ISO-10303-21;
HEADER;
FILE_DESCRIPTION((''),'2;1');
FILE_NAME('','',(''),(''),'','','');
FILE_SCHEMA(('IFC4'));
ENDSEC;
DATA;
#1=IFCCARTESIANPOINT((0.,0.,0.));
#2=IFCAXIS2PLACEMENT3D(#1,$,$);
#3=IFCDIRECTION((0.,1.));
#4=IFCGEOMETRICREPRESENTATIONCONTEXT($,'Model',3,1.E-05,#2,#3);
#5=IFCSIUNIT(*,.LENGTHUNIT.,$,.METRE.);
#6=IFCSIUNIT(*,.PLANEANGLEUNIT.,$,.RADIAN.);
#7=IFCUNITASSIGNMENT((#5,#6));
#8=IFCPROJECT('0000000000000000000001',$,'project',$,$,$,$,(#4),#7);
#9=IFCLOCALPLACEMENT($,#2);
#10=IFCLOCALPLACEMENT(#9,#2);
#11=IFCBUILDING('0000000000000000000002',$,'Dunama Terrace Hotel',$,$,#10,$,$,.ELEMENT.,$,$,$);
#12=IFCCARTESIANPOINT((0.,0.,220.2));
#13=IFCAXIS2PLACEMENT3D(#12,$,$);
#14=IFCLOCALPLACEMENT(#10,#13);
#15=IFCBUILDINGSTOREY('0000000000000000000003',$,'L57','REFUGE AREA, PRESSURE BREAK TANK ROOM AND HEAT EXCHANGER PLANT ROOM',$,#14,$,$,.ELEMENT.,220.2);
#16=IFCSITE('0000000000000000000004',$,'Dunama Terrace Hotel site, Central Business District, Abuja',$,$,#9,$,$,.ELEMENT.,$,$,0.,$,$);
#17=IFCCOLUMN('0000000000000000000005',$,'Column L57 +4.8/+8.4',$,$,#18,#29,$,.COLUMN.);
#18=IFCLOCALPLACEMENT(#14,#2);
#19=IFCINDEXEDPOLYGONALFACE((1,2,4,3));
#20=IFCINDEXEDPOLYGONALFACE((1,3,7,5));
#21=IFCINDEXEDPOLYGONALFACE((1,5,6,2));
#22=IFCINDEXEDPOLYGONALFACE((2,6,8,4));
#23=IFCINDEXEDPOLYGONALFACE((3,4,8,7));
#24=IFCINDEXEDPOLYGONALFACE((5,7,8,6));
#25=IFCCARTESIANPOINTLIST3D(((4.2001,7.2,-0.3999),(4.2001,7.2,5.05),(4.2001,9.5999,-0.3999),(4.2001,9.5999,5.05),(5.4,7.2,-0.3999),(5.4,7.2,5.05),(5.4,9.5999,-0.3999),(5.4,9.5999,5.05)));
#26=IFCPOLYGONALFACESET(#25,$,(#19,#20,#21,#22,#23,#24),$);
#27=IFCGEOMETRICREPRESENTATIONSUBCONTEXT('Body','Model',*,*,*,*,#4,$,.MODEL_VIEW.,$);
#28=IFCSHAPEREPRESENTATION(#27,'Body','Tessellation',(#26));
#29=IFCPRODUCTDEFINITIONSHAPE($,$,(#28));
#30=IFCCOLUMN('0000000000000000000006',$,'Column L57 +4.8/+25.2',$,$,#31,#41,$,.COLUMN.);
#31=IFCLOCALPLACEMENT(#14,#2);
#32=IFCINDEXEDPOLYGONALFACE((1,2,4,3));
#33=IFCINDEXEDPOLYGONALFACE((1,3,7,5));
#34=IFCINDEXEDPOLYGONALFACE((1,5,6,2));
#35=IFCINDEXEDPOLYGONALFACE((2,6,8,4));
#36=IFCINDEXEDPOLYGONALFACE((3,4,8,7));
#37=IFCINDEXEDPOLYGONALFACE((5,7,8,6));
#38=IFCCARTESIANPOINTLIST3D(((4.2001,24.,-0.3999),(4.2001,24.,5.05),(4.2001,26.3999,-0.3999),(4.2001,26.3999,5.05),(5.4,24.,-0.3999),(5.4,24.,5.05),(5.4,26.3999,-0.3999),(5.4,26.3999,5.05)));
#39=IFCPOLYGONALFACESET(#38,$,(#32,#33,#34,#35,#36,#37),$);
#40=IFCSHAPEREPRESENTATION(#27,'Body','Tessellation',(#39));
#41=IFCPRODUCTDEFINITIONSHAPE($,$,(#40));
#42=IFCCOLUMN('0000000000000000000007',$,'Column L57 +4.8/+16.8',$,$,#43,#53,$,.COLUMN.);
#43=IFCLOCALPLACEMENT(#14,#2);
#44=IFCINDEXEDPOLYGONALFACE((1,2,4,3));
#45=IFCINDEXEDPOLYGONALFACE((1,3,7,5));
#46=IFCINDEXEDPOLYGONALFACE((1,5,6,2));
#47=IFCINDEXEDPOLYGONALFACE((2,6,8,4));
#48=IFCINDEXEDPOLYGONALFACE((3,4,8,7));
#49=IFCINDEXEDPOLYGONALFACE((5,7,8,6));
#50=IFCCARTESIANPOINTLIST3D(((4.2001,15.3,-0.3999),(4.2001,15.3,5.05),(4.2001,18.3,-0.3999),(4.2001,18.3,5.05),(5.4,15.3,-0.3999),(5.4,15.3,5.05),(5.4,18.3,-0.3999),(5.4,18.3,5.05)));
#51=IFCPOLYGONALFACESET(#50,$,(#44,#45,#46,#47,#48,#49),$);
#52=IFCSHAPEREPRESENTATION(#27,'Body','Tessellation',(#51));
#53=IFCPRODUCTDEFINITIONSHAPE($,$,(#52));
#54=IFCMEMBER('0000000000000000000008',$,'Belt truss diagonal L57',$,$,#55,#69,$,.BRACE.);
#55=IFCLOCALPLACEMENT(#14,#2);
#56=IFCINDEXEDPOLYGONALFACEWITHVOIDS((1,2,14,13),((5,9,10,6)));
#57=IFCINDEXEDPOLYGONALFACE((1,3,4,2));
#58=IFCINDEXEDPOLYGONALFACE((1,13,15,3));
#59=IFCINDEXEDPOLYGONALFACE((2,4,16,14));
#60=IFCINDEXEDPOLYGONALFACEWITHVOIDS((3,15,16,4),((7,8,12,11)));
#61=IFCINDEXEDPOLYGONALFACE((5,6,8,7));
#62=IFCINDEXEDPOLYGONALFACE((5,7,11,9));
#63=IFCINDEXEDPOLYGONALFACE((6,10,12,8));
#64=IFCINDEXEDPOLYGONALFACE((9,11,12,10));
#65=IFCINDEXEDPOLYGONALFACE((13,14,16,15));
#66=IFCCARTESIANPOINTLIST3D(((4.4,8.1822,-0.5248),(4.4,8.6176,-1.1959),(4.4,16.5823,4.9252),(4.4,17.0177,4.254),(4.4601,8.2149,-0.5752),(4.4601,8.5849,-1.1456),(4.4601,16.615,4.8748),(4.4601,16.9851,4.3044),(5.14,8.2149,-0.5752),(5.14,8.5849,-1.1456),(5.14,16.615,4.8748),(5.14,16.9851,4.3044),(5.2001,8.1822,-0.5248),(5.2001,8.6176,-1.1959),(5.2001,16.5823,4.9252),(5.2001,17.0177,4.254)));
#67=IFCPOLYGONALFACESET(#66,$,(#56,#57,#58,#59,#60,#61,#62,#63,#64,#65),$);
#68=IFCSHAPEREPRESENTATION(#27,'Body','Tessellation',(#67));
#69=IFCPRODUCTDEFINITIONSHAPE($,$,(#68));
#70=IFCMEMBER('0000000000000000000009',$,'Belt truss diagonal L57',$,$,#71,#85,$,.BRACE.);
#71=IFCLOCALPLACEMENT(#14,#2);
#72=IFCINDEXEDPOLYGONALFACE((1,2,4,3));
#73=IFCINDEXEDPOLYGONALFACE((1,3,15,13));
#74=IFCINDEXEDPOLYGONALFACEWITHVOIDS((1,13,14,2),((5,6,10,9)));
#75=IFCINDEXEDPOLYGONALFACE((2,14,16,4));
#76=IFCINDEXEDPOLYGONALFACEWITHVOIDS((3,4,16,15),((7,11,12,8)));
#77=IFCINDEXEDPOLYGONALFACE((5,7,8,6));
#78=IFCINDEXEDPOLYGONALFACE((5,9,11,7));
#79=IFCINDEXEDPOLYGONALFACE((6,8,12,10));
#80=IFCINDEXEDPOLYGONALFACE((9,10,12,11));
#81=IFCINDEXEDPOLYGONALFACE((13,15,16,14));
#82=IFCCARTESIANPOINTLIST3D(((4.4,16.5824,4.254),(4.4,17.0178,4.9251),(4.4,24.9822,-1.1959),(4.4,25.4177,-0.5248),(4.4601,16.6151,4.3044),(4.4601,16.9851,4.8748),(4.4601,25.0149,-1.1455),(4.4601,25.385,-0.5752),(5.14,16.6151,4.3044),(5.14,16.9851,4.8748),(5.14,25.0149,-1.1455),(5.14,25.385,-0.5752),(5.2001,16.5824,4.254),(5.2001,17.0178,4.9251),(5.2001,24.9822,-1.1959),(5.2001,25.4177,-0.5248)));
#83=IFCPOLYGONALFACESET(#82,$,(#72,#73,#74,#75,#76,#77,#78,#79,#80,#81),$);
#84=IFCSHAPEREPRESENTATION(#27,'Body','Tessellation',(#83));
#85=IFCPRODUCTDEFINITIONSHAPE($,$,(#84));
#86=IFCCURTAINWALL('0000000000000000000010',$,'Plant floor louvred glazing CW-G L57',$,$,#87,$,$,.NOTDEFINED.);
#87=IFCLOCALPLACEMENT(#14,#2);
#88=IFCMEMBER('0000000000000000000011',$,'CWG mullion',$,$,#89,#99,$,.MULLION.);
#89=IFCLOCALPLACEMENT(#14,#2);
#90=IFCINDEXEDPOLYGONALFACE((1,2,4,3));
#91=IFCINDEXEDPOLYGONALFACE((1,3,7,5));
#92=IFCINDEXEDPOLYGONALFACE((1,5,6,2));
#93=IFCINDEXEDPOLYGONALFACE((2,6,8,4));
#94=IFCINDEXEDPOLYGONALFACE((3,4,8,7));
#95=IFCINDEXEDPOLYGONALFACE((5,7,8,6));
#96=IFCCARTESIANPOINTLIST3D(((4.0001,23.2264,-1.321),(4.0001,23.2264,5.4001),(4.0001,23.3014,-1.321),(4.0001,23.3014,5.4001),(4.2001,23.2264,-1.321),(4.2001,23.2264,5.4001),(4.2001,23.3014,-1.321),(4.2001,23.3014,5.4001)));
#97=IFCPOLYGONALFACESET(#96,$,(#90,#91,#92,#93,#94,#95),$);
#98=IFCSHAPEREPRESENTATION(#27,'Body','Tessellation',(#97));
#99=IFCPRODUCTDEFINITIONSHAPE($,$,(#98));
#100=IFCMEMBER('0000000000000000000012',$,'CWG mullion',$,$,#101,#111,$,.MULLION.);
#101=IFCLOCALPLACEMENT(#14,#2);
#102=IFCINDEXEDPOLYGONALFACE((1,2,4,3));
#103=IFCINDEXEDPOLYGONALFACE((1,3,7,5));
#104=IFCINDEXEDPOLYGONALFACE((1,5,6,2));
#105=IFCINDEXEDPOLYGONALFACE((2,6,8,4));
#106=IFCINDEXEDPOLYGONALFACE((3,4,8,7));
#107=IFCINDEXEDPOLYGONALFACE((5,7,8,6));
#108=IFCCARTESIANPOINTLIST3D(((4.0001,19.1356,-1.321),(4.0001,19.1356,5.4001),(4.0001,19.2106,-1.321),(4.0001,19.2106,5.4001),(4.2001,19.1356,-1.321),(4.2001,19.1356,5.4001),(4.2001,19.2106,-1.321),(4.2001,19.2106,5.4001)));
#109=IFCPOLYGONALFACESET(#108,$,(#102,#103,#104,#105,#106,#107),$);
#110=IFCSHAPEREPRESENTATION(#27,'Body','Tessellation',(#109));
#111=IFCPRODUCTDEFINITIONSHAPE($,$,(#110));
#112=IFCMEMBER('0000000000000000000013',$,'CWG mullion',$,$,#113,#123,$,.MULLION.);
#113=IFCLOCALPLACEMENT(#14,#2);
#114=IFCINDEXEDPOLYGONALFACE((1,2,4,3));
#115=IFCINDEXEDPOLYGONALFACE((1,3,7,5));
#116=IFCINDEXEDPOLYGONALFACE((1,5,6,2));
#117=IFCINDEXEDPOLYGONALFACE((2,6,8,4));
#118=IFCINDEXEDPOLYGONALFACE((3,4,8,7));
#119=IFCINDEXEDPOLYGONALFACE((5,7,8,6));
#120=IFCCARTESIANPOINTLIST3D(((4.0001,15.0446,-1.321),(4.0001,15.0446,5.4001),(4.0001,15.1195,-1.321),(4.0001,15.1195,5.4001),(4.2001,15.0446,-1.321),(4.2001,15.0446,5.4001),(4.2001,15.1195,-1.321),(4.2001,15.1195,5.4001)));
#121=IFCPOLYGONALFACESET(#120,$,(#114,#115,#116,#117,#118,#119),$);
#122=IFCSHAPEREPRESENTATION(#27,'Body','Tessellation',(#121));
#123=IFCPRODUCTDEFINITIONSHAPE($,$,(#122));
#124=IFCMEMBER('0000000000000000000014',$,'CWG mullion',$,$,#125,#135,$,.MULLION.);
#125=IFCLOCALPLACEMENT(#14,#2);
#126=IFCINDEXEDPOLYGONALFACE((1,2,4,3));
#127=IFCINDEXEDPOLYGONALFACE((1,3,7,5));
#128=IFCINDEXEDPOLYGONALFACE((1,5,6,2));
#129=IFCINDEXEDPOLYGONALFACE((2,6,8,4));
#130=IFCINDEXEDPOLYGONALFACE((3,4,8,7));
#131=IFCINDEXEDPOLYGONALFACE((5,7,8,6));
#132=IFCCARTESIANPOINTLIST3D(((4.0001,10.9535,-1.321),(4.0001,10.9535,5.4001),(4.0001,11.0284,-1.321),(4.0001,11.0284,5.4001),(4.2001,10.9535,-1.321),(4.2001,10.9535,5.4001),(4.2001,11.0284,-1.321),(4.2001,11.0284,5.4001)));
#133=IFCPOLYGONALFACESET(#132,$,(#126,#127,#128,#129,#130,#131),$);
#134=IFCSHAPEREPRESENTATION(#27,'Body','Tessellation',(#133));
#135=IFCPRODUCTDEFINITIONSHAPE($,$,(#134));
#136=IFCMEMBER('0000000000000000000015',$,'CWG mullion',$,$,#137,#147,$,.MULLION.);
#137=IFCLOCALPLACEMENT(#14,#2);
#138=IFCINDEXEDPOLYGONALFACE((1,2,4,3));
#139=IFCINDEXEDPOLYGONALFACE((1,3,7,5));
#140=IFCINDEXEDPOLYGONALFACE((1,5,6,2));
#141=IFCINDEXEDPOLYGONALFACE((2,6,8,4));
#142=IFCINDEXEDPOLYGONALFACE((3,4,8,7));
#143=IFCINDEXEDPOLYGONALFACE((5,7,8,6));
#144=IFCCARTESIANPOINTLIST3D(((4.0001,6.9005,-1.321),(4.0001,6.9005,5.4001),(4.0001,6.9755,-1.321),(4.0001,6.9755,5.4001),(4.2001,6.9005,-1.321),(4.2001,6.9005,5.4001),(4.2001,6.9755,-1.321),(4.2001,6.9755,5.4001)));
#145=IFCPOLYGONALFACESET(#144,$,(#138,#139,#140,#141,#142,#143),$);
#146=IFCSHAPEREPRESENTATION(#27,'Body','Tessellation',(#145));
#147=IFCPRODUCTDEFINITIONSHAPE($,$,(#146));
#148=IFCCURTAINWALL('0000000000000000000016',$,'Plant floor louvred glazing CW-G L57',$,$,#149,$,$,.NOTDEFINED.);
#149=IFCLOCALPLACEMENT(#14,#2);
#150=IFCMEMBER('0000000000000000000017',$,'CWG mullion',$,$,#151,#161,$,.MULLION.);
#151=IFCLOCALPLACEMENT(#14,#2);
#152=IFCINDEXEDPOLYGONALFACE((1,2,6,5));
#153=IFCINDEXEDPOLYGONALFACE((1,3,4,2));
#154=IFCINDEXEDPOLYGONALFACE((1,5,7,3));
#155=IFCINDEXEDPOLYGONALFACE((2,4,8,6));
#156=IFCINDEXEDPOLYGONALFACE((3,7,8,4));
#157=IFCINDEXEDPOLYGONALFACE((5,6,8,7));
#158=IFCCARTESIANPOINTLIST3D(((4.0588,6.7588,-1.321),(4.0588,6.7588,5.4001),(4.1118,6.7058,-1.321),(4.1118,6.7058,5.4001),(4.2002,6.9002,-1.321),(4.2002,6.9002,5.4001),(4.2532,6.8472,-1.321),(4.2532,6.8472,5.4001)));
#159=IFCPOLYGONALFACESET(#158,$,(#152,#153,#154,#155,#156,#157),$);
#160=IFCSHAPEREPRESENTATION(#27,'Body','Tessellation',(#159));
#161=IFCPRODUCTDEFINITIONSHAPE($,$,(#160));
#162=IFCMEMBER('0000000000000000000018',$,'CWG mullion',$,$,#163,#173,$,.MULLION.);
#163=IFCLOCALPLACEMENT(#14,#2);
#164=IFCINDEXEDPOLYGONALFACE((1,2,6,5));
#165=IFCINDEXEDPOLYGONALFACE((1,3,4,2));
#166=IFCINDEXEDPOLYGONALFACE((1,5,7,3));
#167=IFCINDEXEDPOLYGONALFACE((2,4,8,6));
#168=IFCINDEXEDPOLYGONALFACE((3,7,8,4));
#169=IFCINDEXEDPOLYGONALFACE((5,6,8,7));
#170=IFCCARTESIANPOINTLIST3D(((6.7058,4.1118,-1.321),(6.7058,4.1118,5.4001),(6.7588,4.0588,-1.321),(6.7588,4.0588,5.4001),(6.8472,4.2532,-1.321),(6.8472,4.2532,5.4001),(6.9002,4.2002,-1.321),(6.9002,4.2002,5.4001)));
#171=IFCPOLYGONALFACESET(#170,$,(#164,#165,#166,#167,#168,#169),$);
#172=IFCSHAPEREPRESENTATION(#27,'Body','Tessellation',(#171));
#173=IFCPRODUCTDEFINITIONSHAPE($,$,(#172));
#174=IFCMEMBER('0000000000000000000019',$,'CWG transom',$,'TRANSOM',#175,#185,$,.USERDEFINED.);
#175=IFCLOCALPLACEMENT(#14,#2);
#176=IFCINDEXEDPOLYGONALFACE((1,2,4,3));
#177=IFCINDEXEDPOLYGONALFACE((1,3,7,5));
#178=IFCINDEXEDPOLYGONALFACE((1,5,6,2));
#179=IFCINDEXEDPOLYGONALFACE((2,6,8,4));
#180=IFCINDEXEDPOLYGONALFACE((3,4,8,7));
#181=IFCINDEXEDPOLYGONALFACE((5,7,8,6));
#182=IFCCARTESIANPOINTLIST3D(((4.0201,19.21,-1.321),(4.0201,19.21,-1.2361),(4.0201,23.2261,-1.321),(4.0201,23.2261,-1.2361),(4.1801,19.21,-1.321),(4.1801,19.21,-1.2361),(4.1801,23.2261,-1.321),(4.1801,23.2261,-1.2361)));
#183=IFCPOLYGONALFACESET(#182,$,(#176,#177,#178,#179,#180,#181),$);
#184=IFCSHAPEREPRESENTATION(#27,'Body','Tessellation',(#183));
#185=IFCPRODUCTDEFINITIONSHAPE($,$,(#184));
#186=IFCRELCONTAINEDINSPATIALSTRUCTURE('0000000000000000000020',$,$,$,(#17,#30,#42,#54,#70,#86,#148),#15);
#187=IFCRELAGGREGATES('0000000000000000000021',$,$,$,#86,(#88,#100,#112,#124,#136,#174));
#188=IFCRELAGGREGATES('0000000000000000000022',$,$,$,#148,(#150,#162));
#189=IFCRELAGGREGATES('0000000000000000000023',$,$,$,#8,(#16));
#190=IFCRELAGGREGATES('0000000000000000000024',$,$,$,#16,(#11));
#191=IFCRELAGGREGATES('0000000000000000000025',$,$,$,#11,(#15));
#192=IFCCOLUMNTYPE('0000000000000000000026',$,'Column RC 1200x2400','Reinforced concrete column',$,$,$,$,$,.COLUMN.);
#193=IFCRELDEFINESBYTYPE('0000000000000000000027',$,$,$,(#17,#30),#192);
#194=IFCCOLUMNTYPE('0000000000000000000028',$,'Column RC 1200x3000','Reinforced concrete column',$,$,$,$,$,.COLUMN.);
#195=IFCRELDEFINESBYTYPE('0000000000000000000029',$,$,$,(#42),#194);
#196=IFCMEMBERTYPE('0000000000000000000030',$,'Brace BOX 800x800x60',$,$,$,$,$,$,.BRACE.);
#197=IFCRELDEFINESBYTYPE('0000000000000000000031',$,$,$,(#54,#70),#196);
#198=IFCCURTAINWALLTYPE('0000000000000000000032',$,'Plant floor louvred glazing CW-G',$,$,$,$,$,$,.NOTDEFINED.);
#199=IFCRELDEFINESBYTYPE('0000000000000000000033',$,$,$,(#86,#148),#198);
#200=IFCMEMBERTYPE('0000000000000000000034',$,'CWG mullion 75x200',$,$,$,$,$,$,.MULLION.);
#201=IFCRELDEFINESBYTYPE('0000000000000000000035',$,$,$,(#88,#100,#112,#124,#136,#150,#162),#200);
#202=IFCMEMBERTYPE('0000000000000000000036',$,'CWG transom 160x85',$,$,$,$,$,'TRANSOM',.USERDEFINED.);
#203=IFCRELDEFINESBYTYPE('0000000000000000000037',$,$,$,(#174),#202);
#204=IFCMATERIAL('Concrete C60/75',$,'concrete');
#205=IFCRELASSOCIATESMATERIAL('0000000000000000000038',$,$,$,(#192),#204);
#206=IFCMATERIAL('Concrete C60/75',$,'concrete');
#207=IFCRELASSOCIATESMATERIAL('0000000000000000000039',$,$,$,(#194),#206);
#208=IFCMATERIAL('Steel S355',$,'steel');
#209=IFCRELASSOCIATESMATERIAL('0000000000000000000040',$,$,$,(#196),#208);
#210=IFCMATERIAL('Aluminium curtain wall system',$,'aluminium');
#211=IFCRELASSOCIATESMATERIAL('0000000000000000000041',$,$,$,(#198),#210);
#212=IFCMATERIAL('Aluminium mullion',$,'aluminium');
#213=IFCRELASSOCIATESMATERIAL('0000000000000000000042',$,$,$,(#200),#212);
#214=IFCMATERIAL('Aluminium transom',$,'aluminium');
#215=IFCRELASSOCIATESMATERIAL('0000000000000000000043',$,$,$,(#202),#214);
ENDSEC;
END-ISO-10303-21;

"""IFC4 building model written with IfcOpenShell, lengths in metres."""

from ifc_helpers import new_model, si_unit, direction, frame, origin, origin_2d, place, context, subcontext, project, spatial, rectangle, hollow_rectangle, extrude, material, material_profile, profile_set, type_object, element, aggregate, save


model = new_model("IFC4")

# Units and contexts
model_context = context("Model", 3, precision=1e-05, world=origin(), true_north=direction((0.0, 1.0)))
body_context = subcontext(model_context, "Body", "Model", "MODEL_VIEW")
ifc_project = project(units=[si_unit("LENGTHUNIT", "METRE"), si_unit("PLANEANGLEUNIT", "RADIAN")], contexts=[model_context])

# Site, building, storey
site_placement = place(None, origin())
site = spatial("IfcSite", under=ifc_project, at=site_placement, Name="Dunama Terrace Hotel site, Central Business District, Abuja", CompositionType="ELEMENT", RefElevation=0.0)
building_placement = place(site_placement, origin())
building = spatial("IfcBuilding", under=site, at=building_placement, Name="Dunama Terrace Hotel", CompositionType="ELEMENT")
storey_placement = place(building_placement, frame((0.0, 0.0, 220.2)))
storey = spatial("IfcBuildingStorey", under=building, at=storey_placement, Name="L57", Description="REFUGE AREA, PRESSURE BREAK TANK ROOM AND HEAT EXCHANGER PLANT ROOM", CompositionType="ELEMENT", Elevation=220.2)

# Columns
ifc_material_1 = material(Name="Concrete C60/75", Category="concrete")
ifc_material_profile_1 = material_profile(ifc_material_1, rectangle(XDim=1.2, YDim=2.3999, at=origin_2d()), Name="RC 1200x2400")
ifc_profile_set_1 = profile_set([ifc_material_profile_1], Name="Concrete C60/75")
column_type_1 = type_object("IfcColumnType", Name="Column RC 1200x2400", Description="Reinforced concrete column", PredefinedType="COLUMN", material=ifc_profile_set_1)
for number, where, z_axis, x_axis, name in (
    (1, (4.8, 8.3999, -0.3999), (0.0, 0.0, 1.0), (1.0, 0.0, 0.0), "Column L57 +4.8/+8.4"),
    (2, (4.8, 25.2, -0.3999), (0.0, 0.0, 1.0), (1.0, 0.0, 0.0), "Column L57 +4.8/+25.2"),
):
    element("IfcColumn", number, at=place(storey_placement, frame(where, z_axis=z_axis, x_axis=x_axis)), inside=storey, type_object=column_type_1, Name=name, PredefinedType="COLUMN", context=body_context, shape_type="SweptSolid", body=[
        extrude(rectangle(XDim=1.2, YDim=2.3999, at=origin_2d()), origin(), (0.0, 0.0, 1.0), 5.45),
    ])
ifc_material_2 = material(Name="Concrete C60/75", Category="concrete")
ifc_material_profile_2 = material_profile(ifc_material_2, rectangle(XDim=1.2, YDim=3.0, at=origin_2d()), Name="RC 1200x3000")
ifc_profile_set_2 = profile_set([ifc_material_profile_2], Name="Concrete C60/75")
column_type_2 = type_object("IfcColumnType", Name="Column RC 1200x3000", Description="Reinforced concrete column", PredefinedType="COLUMN", material=ifc_profile_set_2)
column_placement = place(storey_placement, frame((4.8, 16.8, -0.3999), z_axis=(0.0, 0.0, 1.0), x_axis=(1.0, 0.0, 0.0)))
element("IfcColumn", 3, at=column_placement, inside=storey, type_object=column_type_2, Name="Column L57 +4.8/+16.8", PredefinedType="COLUMN", context=body_context, shape_type="SweptSolid", body=[
    extrude(rectangle(XDim=1.2, YDim=3.0, at=origin_2d()), origin(), (0.0, 0.0, 1.0), 5.45),
])

# Members
ifc_material_3 = material(Name="Steel S355", Category="steel")
ifc_material_profile_3 = material_profile(ifc_material_3, hollow_rectangle(XDim=0.8, YDim=0.8, WallThickness=0.0601, at=origin_2d()), Name="BOX 800x800x60")
ifc_profile_set_3 = profile_set([ifc_material_profile_3], Name="Steel S355")
member_type_1 = type_object("IfcMemberType", Name="Brace BOX 800x800x60", PredefinedType="BRACE", material=ifc_profile_set_3)
member_1_placement = place(storey_placement, frame((4.8, 8.3999, -0.8604), z_axis=(0.0, 0.838906, 0.544276), x_axis=(-1.0, 0.0, 0.0)))
element("IfcMember", 4, at=member_1_placement, inside=storey, type_object=member_type_1, Name="Belt truss diagonal L57", PredefinedType="BRACE", context=body_context, shape_type="SweptSolid", body=[
    extrude(hollow_rectangle(XDim=0.8, YDim=0.8, WallThickness=0.0601, at=origin_2d()), origin(), (0.0, 0.0, 1.0), 10.0132),
])
member_2_placement = place(storey_placement, frame((4.8, 25.2, -0.8604), z_axis=(0.0, -0.838899, 0.544287), x_axis=(1.0, 0.0, 0.0)))
element("IfcMember", 5, at=member_2_placement, inside=storey, type_object=member_type_1, Name="Belt truss diagonal L57", PredefinedType="BRACE", context=body_context, shape_type="SweptSolid", body=[
    extrude(hollow_rectangle(XDim=0.8, YDim=0.8, WallThickness=0.0601, at=origin_2d()), origin(), (0.0, 0.0, 1.0), 10.0129),
])

# Curtain walls, members
ifc_material_4 = material(Name="Aluminium curtain wall system", Category="aluminium")
curtain_wall_type = type_object("IfcCurtainWallType", Name="Plant floor louvred glazing CW-G", PredefinedType="NOTDEFINED", material=ifc_material_4)
curtain_wall_1_placement = place(storey_placement, origin())
curtain_wall_1 = element("IfcCurtainWall", 6, at=curtain_wall_1_placement, inside=storey, type_object=curtain_wall_type, Name="Plant floor louvred glazing CW-G L57", PredefinedType="NOTDEFINED")
ifc_material_5 = material(Name="Aluminium mullion", Category="aluminium")
ifc_material_profile_4 = material_profile(ifc_material_5, rectangle(XDim=0.075, YDim=0.2, at=origin_2d()), Name="CWG MULLION 75X200")
ifc_profile_set_4 = profile_set([ifc_material_profile_4], Name="Aluminium mullion")
member_type_2 = type_object("IfcMemberType", Name="CWG mullion 75x200", PredefinedType="MULLION", material=ifc_profile_set_4)
member_3_placement = place(storey_placement, frame((4.1001, 23.2639, -1.321), z_axis=(0.0, 0.0, 1.0), x_axis=(0.0, -1.0, 0.0)))
member_3 = element("IfcMember", 7, at=member_3_placement, type_object=member_type_2, Name="CWG mullion", PredefinedType="MULLION", context=body_context, shape_type="SweptSolid", body=[
    extrude(rectangle(XDim=0.075, YDim=0.2, at=origin_2d()), origin(), (0.0, 0.0, 1.0), 6.7212),
])
member_4_placement = place(storey_placement, frame((4.1001, 19.1731, -1.321), z_axis=(0.0, 0.0, 1.0), x_axis=(0.0, -1.0, 0.0)))
member_4 = element("IfcMember", 8, at=member_4_placement, type_object=member_type_2, Name="CWG mullion", PredefinedType="MULLION", context=body_context, shape_type="SweptSolid", body=[
    extrude(rectangle(XDim=0.075, YDim=0.2, at=origin_2d()), origin(), (0.0, 0.0, 1.0), 6.7212),
])
member_5_placement = place(storey_placement, frame((4.1001, 15.082, -1.321), z_axis=(0.0, 0.0, 1.0), x_axis=(0.0, -1.0, 0.0)))
member_5 = element("IfcMember", 9, at=member_5_placement, type_object=member_type_2, Name="CWG mullion", PredefinedType="MULLION", context=body_context, shape_type="SweptSolid", body=[
    extrude(rectangle(XDim=0.075, YDim=0.2, at=origin_2d()), origin(), (0.0, 0.0, 1.0), 6.7212),
])
member_6_placement = place(storey_placement, frame((4.1001, 10.991, -1.321), z_axis=(0.0, 0.0, 1.0), x_axis=(0.0, -1.0, 0.0)))
member_6 = element("IfcMember", 10, at=member_6_placement, type_object=member_type_2, Name="CWG mullion", PredefinedType="MULLION", context=body_context, shape_type="SweptSolid", body=[
    extrude(rectangle(XDim=0.075, YDim=0.2, at=origin_2d()), origin(), (0.0, 0.0, 1.0), 6.7212),
])
member_7_placement = place(storey_placement, frame((4.1001, 6.938, -1.321), z_axis=(0.0, 0.0, 1.0), x_axis=(0.0, -1.0, 0.0)))
member_7 = element("IfcMember", 11, at=member_7_placement, type_object=member_type_2, Name="CWG mullion", PredefinedType="MULLION", context=body_context, shape_type="SweptSolid", body=[
    extrude(rectangle(XDim=0.075, YDim=0.2, at=origin_2d()), origin(), (0.0, 0.0, 1.0), 6.7212),
])
curtain_wall_2_placement = place(storey_placement, origin())
curtain_wall_2 = element("IfcCurtainWall", 12, at=curtain_wall_2_placement, inside=storey, type_object=curtain_wall_type, Name="Plant floor louvred glazing CW-G L57", PredefinedType="NOTDEFINED")
member_8_placement = place(storey_placement, frame((4.156, 6.803, -1.321), z_axis=(0.0, 0.0, 1.0), x_axis=(0.707107, -0.707107, 0.0)))
member_8 = element("IfcMember", 13, at=member_8_placement, type_object=member_type_2, Name="CWG mullion", PredefinedType="MULLION", context=body_context, shape_type="SweptSolid", body=[
    extrude(rectangle(XDim=0.075, YDim=0.2, at=origin_2d()), origin(), (0.0, 0.0, 1.0), 6.7212),
])
member_9_placement = place(storey_placement, frame((6.803, 4.156, -1.321), z_axis=(0.0, 0.0, 1.0), x_axis=(0.707107, -0.707107, 0.0)))
member_9 = element("IfcMember", 14, at=member_9_placement, type_object=member_type_2, Name="CWG mullion", PredefinedType="MULLION", context=body_context, shape_type="SweptSolid", body=[
    extrude(rectangle(XDim=0.075, YDim=0.2, at=origin_2d()), origin(), (0.0, 0.0, 1.0), 6.7212),
])

# Member
ifc_material_6 = material(Name="Aluminium transom", Category="aluminium")
ifc_material_profile_5 = material_profile(ifc_material_6, rectangle(XDim=0.1599, YDim=0.085, at=origin_2d()), Name="CWG TRANSOM 160X85")
ifc_profile_set_5 = profile_set([ifc_material_profile_5], Name="Aluminium transom")
member_type_3 = type_object("IfcMemberType", Name="CWG transom 160x85", ElementType="TRANSOM", PredefinedType="USERDEFINED", material=ifc_profile_set_5)
member_10_placement = place(storey_placement, frame((4.1001, 23.2261, -1.2786), z_axis=(0.0, -1.0, 0.0), x_axis=(1.0, 0.0, 0.0)))
member_10 = element("IfcMember", 15, at=member_10_placement, type_object=member_type_3, Name="CWG transom", ObjectType="TRANSOM", PredefinedType="USERDEFINED", context=body_context, shape_type="SweptSolid", body=[
    extrude(rectangle(XDim=0.1599, YDim=0.085, at=origin_2d()), origin(), (0.0, 0.0, 1.0), 4.0161),
])

aggregate(curtain_wall_1, [member_3, member_4, member_5, member_6, member_7, member_10])
aggregate(curtain_wall_2, [member_8, member_9])

save(model, "model.ifc")
